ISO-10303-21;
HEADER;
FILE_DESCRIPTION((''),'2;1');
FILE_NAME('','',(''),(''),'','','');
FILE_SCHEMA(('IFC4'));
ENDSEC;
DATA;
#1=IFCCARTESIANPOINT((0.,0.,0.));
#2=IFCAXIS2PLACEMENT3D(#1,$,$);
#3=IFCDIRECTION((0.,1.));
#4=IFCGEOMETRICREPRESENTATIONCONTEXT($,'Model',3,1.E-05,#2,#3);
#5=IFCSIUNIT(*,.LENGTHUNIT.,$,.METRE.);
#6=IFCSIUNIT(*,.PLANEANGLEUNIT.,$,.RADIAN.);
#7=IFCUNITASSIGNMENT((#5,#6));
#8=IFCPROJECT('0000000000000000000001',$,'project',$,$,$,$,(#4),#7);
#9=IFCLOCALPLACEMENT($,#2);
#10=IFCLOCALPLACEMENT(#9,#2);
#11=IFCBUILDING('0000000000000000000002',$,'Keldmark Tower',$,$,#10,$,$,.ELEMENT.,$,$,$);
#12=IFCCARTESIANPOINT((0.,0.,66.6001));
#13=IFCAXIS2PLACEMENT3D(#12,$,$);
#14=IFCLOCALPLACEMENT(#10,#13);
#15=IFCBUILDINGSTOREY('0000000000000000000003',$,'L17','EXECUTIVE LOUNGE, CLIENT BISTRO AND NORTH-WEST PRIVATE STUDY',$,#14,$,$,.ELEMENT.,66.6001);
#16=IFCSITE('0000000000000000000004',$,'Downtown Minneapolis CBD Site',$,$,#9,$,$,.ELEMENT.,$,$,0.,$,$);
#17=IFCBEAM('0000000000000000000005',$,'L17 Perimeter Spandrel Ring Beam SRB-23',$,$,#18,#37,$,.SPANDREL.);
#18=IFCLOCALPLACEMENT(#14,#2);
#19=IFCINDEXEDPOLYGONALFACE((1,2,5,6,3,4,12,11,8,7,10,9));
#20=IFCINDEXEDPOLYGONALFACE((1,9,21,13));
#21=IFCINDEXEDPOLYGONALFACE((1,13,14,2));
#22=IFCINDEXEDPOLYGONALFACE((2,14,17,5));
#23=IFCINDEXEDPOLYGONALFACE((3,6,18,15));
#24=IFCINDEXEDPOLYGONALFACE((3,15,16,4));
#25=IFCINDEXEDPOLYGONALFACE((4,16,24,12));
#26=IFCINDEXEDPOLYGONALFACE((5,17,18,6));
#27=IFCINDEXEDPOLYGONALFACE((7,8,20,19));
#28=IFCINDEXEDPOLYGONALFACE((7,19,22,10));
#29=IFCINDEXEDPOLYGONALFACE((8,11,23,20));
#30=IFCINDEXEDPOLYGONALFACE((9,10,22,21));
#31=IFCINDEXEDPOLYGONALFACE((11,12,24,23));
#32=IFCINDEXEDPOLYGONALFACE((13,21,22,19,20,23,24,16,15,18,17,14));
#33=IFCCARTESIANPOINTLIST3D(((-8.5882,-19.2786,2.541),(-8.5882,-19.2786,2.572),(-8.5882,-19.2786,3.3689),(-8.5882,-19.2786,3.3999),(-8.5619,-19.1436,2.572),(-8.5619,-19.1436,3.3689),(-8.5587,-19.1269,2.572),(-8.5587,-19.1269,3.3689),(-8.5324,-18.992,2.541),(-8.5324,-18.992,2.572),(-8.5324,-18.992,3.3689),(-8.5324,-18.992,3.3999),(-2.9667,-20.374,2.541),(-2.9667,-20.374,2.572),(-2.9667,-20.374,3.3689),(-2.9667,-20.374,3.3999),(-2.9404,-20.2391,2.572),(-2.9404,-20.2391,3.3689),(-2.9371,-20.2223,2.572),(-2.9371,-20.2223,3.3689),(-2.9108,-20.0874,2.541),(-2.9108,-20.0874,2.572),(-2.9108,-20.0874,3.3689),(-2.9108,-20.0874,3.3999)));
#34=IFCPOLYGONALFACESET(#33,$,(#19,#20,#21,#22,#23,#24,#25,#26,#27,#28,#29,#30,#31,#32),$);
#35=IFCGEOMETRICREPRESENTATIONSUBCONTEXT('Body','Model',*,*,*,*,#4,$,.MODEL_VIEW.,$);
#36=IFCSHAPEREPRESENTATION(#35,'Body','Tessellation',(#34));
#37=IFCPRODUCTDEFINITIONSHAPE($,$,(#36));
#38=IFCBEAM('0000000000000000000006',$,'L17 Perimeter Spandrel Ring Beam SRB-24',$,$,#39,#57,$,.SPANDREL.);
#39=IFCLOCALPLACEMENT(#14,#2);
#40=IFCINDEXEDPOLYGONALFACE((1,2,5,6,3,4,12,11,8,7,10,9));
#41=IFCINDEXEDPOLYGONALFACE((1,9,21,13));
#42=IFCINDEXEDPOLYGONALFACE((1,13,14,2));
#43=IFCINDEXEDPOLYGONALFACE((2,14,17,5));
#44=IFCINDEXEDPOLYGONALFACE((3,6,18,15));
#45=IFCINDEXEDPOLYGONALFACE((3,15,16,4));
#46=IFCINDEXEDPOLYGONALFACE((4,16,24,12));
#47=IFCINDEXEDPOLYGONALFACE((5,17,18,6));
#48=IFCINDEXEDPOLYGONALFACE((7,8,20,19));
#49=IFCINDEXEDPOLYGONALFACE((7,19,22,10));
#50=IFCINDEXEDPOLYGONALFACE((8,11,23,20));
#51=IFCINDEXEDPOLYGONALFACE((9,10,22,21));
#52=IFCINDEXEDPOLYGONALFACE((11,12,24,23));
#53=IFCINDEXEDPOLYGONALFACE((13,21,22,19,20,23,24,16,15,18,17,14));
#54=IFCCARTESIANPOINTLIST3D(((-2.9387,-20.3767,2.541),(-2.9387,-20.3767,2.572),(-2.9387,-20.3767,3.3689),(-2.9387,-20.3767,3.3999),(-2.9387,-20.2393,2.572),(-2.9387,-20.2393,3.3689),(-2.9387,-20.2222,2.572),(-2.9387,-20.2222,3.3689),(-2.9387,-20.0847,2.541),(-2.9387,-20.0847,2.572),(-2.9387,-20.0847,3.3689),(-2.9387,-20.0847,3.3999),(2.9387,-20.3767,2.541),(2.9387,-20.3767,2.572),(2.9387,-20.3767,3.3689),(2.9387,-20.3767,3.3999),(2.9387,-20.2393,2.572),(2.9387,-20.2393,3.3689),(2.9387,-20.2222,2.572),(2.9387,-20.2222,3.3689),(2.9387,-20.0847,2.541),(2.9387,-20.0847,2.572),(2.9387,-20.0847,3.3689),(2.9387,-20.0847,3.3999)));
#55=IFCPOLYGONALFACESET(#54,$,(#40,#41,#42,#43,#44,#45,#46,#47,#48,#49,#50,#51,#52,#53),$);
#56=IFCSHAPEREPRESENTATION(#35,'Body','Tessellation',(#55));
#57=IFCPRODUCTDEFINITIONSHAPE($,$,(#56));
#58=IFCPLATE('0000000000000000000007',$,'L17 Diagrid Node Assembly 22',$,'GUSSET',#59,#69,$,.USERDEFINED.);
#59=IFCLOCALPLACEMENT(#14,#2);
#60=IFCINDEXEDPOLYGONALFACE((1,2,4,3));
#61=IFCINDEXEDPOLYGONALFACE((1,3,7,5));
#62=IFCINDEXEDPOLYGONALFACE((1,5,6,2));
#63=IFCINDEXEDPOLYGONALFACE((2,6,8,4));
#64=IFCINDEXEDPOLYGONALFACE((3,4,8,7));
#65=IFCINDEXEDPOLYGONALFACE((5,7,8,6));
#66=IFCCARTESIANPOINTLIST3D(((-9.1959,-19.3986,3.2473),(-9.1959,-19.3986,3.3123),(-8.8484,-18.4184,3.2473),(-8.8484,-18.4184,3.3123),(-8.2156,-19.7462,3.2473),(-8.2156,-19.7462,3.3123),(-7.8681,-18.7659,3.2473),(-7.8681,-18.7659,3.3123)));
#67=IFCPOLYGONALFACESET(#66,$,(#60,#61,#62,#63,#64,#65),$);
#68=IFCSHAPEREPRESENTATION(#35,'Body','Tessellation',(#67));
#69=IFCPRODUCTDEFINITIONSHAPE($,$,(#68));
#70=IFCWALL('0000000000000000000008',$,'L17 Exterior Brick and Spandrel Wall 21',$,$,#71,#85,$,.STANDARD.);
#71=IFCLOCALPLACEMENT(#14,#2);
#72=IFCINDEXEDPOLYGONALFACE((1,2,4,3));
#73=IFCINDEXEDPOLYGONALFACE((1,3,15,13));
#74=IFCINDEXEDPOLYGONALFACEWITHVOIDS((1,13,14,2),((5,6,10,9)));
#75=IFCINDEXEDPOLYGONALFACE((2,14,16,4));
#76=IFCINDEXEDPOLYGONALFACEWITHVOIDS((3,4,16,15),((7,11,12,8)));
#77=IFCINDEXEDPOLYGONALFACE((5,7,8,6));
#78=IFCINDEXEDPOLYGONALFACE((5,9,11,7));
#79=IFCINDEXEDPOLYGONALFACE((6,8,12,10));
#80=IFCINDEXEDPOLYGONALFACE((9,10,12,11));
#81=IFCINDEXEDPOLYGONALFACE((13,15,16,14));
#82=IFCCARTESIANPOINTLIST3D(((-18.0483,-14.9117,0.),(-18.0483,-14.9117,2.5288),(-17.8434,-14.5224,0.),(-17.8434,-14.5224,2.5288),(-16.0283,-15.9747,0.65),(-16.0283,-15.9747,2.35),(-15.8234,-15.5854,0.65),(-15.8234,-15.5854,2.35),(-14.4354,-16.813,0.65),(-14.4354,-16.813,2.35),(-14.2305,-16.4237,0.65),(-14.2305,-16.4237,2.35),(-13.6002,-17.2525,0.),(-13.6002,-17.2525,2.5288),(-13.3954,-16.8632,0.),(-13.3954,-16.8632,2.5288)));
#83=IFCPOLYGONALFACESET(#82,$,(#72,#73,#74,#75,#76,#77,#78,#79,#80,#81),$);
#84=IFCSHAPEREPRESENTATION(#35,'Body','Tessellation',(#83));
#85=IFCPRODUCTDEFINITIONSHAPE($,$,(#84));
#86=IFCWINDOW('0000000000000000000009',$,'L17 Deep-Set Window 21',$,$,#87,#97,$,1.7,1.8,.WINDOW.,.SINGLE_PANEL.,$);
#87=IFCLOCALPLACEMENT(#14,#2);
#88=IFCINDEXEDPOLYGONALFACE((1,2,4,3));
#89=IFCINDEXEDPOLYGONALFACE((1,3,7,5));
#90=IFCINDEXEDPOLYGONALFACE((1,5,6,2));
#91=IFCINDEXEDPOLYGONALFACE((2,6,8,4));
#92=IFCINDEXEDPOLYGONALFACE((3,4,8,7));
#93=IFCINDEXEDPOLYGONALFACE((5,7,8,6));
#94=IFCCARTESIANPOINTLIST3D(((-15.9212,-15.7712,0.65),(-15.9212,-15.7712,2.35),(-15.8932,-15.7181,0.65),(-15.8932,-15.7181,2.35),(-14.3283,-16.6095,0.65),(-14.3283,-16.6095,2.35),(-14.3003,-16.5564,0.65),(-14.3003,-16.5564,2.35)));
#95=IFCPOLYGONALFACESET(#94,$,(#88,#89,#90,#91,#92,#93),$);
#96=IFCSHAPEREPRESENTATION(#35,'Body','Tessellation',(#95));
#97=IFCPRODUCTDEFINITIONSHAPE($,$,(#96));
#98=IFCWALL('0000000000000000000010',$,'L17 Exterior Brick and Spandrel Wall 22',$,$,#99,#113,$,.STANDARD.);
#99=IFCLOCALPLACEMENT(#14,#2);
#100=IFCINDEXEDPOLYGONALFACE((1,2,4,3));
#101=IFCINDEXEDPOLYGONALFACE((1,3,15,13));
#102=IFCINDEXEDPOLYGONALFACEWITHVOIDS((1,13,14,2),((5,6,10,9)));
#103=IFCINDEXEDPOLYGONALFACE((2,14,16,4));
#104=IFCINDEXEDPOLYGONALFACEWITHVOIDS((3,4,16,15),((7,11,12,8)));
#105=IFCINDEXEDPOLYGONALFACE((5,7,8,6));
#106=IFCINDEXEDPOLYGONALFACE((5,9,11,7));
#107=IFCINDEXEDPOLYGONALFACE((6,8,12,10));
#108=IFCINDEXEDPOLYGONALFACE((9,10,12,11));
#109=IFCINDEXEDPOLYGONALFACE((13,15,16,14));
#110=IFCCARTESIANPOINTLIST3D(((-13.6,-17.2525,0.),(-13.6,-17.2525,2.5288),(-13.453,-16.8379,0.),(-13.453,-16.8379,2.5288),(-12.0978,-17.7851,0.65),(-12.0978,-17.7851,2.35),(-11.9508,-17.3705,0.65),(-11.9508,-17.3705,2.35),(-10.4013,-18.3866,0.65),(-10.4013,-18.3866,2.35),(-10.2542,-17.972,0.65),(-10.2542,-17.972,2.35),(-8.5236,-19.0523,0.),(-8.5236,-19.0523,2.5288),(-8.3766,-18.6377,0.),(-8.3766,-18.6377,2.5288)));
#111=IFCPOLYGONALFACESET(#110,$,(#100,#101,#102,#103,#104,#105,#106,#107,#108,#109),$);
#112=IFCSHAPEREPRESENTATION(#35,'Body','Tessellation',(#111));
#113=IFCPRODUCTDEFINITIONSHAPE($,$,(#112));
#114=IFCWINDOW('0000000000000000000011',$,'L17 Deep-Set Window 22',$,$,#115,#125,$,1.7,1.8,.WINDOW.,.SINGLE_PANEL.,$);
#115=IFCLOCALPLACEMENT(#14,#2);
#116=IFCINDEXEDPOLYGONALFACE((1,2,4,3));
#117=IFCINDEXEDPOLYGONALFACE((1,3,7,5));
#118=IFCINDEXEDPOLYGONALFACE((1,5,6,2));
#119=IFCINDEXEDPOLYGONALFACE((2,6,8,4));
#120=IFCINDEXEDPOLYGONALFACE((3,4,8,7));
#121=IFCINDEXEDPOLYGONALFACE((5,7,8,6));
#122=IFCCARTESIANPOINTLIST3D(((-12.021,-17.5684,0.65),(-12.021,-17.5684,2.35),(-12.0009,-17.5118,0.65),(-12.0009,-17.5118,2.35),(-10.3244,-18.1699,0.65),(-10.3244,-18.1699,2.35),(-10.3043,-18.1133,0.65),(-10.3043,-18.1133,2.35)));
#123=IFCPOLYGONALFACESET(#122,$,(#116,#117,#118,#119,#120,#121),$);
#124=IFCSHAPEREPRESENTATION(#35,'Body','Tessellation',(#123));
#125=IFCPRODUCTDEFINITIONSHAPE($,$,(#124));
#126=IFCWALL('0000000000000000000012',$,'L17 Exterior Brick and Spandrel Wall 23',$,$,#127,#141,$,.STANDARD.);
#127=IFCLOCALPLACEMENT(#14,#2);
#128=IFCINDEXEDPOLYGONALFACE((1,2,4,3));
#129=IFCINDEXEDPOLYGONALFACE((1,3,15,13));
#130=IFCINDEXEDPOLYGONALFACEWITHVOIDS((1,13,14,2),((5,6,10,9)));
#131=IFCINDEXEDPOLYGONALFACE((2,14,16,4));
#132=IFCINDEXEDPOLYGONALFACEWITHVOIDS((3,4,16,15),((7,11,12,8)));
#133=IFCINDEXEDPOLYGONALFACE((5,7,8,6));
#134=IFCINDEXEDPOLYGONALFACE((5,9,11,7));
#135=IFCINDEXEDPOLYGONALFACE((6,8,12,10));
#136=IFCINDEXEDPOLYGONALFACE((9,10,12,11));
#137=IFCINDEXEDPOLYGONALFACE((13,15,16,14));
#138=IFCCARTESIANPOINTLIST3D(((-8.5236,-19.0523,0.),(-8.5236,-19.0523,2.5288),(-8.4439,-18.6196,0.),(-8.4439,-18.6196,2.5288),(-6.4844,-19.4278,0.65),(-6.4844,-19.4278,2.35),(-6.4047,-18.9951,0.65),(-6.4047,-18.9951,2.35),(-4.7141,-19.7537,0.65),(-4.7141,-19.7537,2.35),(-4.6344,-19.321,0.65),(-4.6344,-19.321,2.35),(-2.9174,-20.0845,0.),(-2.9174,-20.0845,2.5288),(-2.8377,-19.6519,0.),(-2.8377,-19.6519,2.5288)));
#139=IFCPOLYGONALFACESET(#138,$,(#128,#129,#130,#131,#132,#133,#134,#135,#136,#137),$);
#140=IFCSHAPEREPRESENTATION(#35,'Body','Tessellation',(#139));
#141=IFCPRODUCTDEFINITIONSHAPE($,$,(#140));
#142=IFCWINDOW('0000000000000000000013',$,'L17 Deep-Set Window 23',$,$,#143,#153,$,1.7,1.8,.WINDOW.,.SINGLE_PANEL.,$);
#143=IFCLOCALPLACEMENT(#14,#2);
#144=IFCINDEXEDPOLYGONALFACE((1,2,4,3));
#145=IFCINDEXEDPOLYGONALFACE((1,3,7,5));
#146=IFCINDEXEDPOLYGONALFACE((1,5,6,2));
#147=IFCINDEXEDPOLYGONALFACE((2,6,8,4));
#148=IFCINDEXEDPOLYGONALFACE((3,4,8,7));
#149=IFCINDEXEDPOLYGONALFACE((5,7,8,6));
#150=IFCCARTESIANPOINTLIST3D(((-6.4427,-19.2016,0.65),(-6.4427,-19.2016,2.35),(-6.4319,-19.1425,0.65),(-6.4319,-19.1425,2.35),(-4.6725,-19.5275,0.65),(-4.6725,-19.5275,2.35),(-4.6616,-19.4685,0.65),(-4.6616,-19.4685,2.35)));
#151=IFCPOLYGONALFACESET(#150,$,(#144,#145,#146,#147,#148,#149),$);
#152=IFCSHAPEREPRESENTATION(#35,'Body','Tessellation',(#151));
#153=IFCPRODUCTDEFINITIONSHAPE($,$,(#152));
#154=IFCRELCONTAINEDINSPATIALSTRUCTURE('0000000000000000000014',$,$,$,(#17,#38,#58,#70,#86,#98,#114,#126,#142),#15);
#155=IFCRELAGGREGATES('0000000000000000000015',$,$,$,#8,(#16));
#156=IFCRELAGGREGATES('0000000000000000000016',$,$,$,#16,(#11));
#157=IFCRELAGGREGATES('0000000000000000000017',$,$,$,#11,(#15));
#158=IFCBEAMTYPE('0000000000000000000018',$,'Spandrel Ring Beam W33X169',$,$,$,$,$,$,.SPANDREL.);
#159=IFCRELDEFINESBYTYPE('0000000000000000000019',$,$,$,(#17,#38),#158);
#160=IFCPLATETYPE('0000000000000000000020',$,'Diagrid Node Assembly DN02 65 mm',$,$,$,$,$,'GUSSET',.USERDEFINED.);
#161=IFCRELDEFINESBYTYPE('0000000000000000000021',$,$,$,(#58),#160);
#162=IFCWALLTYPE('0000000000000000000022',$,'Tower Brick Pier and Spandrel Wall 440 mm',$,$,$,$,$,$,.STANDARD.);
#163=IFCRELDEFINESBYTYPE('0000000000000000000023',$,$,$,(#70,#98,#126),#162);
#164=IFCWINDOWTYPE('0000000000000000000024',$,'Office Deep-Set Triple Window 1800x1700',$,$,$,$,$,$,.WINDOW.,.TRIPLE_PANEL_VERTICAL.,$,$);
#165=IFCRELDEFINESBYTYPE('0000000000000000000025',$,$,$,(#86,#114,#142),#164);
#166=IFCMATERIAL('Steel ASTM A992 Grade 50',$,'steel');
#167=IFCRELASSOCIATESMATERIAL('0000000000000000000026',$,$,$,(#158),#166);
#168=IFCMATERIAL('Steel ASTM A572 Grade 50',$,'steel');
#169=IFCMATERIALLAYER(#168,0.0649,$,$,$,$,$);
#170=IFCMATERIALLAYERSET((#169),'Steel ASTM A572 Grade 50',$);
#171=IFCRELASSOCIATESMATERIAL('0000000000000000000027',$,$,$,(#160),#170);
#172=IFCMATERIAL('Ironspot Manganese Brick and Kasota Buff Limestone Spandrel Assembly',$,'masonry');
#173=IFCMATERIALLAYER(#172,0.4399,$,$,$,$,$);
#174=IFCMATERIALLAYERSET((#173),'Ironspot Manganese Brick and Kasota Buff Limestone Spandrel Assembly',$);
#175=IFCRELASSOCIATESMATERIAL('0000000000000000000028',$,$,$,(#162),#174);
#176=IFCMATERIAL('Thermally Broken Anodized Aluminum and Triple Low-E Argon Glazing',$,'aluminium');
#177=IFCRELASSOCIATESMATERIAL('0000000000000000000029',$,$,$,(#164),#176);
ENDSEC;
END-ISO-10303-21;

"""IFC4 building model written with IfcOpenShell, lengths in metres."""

from ifc_helpers import new_model, si_unit, direction, frame, frame_2d, origin, origin_2d, place, context, subcontext, project, spatial, rectangle, i_section, extrude, material, layer, layer_set, material_profile, profile_set, type_object, element, fill, save


model = new_model("IFC4")

# Units and contexts
model_context = context("Model", 3, precision=1e-05, world=origin(), true_north=direction((0.0, 1.0)))
body_context = subcontext(model_context, "Body", "Model", "MODEL_VIEW")
ifc_project = project(units=[si_unit("LENGTHUNIT", "METRE"), si_unit("PLANEANGLEUNIT", "RADIAN")], contexts=[model_context])

# Site, building, storey
site_placement = place(None, origin())
site = spatial("IfcSite", under=ifc_project, at=site_placement, Name="Downtown Minneapolis CBD Site", CompositionType="ELEMENT", RefElevation=0.0)
building_placement = place(site_placement, origin())
building = spatial("IfcBuilding", under=site, at=building_placement, Name="Keldmark Tower", CompositionType="ELEMENT")
storey_placement = place(building_placement, frame((0.0, 0.0, 66.6001)))
storey = spatial("IfcBuildingStorey", under=building, at=storey_placement, Name="L17", Description="EXECUTIVE LOUNGE, CLIENT BISTRO AND NORTH-WEST PRIVATE STUDY", CompositionType="ELEMENT", Elevation=66.6001)

# Beams
ifc_material_1 = material(Name="Steel ASTM A992 Grade 50", Category="steel")
ifc_material_profile_1 = material_profile(ifc_material_1, i_section(OverallWidth=0.292, OverallDepth=0.8589, WebThickness=0.0171, FlangeThickness=0.031, at=origin_2d()), Name="W33X169")
ifc_profile_set_1 = profile_set([ifc_material_profile_1], Name="Steel ASTM A992 Grade 50")
beam_type_1 = type_object("IfcBeamType", Name="Spandrel Ring Beam W33X169", PredefinedType="SPANDREL", material=ifc_profile_set_1)
beam_1_placement = place(storey_placement, frame((-8.5603, -19.1353, 2.9705), z_axis=(0.981538, -0.191269, 0.0), x_axis=(0.191269, 0.981538, 0.0)))
element("IfcBeam", 1, at=beam_1_placement, inside=storey, type_object=beam_type_1, Name="L17 Perimeter Spandrel Ring Beam SRB-23", PredefinedType="SPANDREL", context=body_context, shape_type="SweptSolid", body=[
    extrude(i_section(OverallWidth=0.292, OverallDepth=0.8589, WebThickness=0.0171, FlangeThickness=0.031, at=origin_2d()), origin(), (0.0, 0.0, 1.0), 5.7273),
])
beam_2_placement = place(storey_placement, frame((-2.9387, -20.2307, 2.9705), z_axis=(1.0, 0.0, 0.0), x_axis=(0.0, 1.0, 0.0)))
element("IfcBeam", 2, at=beam_2_placement, inside=storey, type_object=beam_type_1, Name="L17 Perimeter Spandrel Ring Beam SRB-24", PredefinedType="SPANDREL", context=body_context, shape_type="SweptSolid", body=[
    extrude(i_section(OverallWidth=0.292, OverallDepth=0.8589, WebThickness=0.0171, FlangeThickness=0.031, at=origin_2d()), origin(), (0.0, 0.0, 1.0), 5.8774),
])

# Plate
ifc_material_2 = material(Name="Steel ASTM A572 Grade 50", Category="steel")
ifc_layer_1 = layer(ifc_material_2, 0.0649)
ifc_layer_set_1 = layer_set([ifc_layer_1], Name="Steel ASTM A572 Grade 50")
plate_type = type_object("IfcPlateType", Name="Diagrid Node Assembly DN02 65 mm", ElementType="GUSSET", PredefinedType="USERDEFINED", material=ifc_layer_set_1)
plate_placement = place(storey_placement, frame((-8.532, -19.0823, 3.2473), z_axis=(0.0, 0.0, 1.0), x_axis=(0.942525, -0.334136, 0.0)))
element("IfcPlate", 3, at=plate_placement, inside=storey, type_object=plate_type, Name="L17 Diagrid Node Assembly 22", ObjectType="GUSSET", PredefinedType="USERDEFINED", context=body_context, shape_type="SweptSolid", body=[
    extrude(rectangle(XDim=1.04, YDim=1.04, at=origin_2d()), origin(), (0.0, 0.0, 1.0), 0.0649),
])

# Walls, openings, windows
ifc_material_3 = material(Name="Ironspot Manganese Brick and Kasota Buff Limestone Spandrel Assembly", Category="masonry")
ifc_layer_2 = layer(ifc_material_3, 0.4399)
ifc_layer_set_2 = layer_set([ifc_layer_2], Name="Ironspot Manganese Brick and Kasota Buff Limestone Spandrel Assembly")
wall_type = type_object("IfcWallType", Name="Tower Brick Pier and Spandrel Wall 440 mm", PredefinedType="STANDARD", material=ifc_layer_set_2)
wall_1_placement = place(storey_placement, frame((-13.4978, -17.0579, 0.0), z_axis=(0.0, 0.0, 1.0), x_axis=(-0.884937, 0.46571, 0.0)))
wall_1 = element("IfcWall", 4, at=wall_1_placement, inside=storey, type_object=wall_type, Name="L17 Exterior Brick and Spandrel Wall 21", PredefinedType="STANDARD", context=body_context, shape_type="SweptSolid", body=[
    extrude(rectangle(XDim=5.0264, YDim=0.4399, at=frame_2d((2.5132, 0.0))), origin(), (0.0, 0.0, 1.0), 2.5288),
])
opening_1_placement = place(wall_1_placement, frame((0.9438, 0.0, 0.6499)))
opening_1 = element("IfcOpeningElement", 5, at=opening_1_placement, cuts=wall_1, PredefinedType="OPENING", context=body_context, shape_type="SweptSolid", body=[
    extrude(rectangle(XDim=1.8, YDim=1.7, at=frame_2d((0.8999, 0.8501))), frame((0.0, 0.23, 0.0), z_axis=(0.0, -1.0, 0.0), x_axis=(1.0, 0.0, 0.0)), (0.0, 0.0, 1.0), 0.46),
])
ifc_material_4 = material(Name="Thermally Broken Anodized Aluminum and Triple Low-E Argon Glazing", Category="aluminium")
window_type = type_object("IfcWindowType", Name="Office Deep-Set Triple Window 1800x1700", PartitioningType="TRIPLE_PANEL_VERTICAL", PredefinedType="WINDOW", material=ifc_material_4)
window_1_placement = place(opening_1_placement, origin())
window_1 = element("IfcWindow", 6, at=window_1_placement, inside=storey, type_object=window_type, Name="L17 Deep-Set Window 21", OverallHeight=1.7, OverallWidth=1.8, PartitioningType="SINGLE_PANEL", PredefinedType="WINDOW", context=body_context, shape_type="SweptSolid", body=[
    extrude(rectangle(XDim=1.8, YDim=1.7, at=frame_2d((0.8999, 0.8501))), frame((0.0, -0.01, 0.0), z_axis=(0.0, -1.0, 0.0), x_axis=(1.0, 0.0, 0.0)), (0.0, 0.0, 1.0), 0.0601),
])
fill(opening_1, window_1)
wall_2_placement = place(storey_placement, frame((-8.4502, -18.845, 0.0), z_axis=(0.0, 0.0, 1.0), x_axis=(-0.942516, 0.334162, 0.0)))
wall_2 = element("IfcWall", 7, at=wall_2_placement, inside=storey, type_object=wall_type, Name="L17 Exterior Brick and Spandrel Wall 22", PredefinedType="STANDARD", context=body_context, shape_type="SweptSolid", body=[
    extrude(rectangle(XDim=5.386, YDim=0.4399, at=frame_2d((2.6929, 0.0))), origin(), (0.0, 0.0, 1.0), 2.5288),
])
opening_2_placement = place(wall_2_placement, frame((1.9922, 0.0, 0.6499)))
opening_2 = element("IfcOpeningElement", 8, at=opening_2_placement, cuts=wall_2, PredefinedType="OPENING", context=body_context, shape_type="SweptSolid", body=[
    extrude(rectangle(XDim=1.8, YDim=1.7, at=frame_2d((0.8999, 0.8501))), frame((0.0, 0.23, 0.0), z_axis=(0.0, -1.0, 0.0), x_axis=(1.0, 0.0, 0.0)), (0.0, 0.0, 1.0), 0.46),
])
window_2_placement = place(opening_2_placement, origin())
window_2 = element("IfcWindow", 9, at=window_2_placement, inside=storey, type_object=window_type, Name="L17 Deep-Set Window 22", OverallHeight=1.7, OverallWidth=1.8, PartitioningType="SINGLE_PANEL", PredefinedType="WINDOW", context=body_context, shape_type="SweptSolid", body=[
    extrude(rectangle(XDim=1.8, YDim=1.7, at=frame_2d((0.8999, 0.8501))), frame((0.0, -0.01, 0.0), z_axis=(0.0, -1.0, 0.0), x_axis=(1.0, 0.0, 0.0)), (0.0, 0.0, 1.0), 0.0601),
])
fill(opening_2, window_2)
wall_3_placement = place(storey_placement, frame((-2.8777, -19.8682, 0.0), z_axis=(0.0, 0.0, 1.0), x_axis=(-0.983469, 0.181078, 0.0)))
wall_3 = element("IfcWall", 10, at=wall_3_placement, inside=storey, type_object=wall_type, Name="L17 Exterior Brick and Spandrel Wall 23", PredefinedType="STANDARD", context=body_context, shape_type="SweptSolid", body=[
    extrude(rectangle(XDim=5.7004, YDim=0.4399, at=frame_2d((2.8501, 0.0))), origin(), (0.0, 0.0, 1.0), 2.5288),
])
opening_3_placement = place(wall_3_placement, frame((1.8269, 0.0, 0.6499)))
opening_3 = element("IfcOpeningElement", 11, at=opening_3_placement, cuts=wall_3, PredefinedType="OPENING", context=body_context, shape_type="SweptSolid", body=[
    extrude(rectangle(XDim=1.8, YDim=1.7, at=frame_2d((0.8999, 0.8501))), frame((0.0, 0.23, 0.0), z_axis=(0.0, -1.0, 0.0), x_axis=(1.0, 0.0, 0.0)), (0.0, 0.0, 1.0), 0.46),
])
window_3_placement = place(opening_3_placement, origin())
window_3 = element("IfcWindow", 12, at=window_3_placement, inside=storey, type_object=window_type, Name="L17 Deep-Set Window 23", OverallHeight=1.7, OverallWidth=1.8, PartitioningType="SINGLE_PANEL", PredefinedType="WINDOW", context=body_context, shape_type="SweptSolid", body=[
    extrude(rectangle(XDim=1.8, YDim=1.7, at=frame_2d((0.8999, 0.8501))), frame((0.0, -0.01, 0.0), z_axis=(0.0, -1.0, 0.0), x_axis=(1.0, 0.0, 0.0)), (0.0, 0.0, 1.0), 0.0601),
])
fill(opening_3, window_3)

save(model, "model.ifc")
